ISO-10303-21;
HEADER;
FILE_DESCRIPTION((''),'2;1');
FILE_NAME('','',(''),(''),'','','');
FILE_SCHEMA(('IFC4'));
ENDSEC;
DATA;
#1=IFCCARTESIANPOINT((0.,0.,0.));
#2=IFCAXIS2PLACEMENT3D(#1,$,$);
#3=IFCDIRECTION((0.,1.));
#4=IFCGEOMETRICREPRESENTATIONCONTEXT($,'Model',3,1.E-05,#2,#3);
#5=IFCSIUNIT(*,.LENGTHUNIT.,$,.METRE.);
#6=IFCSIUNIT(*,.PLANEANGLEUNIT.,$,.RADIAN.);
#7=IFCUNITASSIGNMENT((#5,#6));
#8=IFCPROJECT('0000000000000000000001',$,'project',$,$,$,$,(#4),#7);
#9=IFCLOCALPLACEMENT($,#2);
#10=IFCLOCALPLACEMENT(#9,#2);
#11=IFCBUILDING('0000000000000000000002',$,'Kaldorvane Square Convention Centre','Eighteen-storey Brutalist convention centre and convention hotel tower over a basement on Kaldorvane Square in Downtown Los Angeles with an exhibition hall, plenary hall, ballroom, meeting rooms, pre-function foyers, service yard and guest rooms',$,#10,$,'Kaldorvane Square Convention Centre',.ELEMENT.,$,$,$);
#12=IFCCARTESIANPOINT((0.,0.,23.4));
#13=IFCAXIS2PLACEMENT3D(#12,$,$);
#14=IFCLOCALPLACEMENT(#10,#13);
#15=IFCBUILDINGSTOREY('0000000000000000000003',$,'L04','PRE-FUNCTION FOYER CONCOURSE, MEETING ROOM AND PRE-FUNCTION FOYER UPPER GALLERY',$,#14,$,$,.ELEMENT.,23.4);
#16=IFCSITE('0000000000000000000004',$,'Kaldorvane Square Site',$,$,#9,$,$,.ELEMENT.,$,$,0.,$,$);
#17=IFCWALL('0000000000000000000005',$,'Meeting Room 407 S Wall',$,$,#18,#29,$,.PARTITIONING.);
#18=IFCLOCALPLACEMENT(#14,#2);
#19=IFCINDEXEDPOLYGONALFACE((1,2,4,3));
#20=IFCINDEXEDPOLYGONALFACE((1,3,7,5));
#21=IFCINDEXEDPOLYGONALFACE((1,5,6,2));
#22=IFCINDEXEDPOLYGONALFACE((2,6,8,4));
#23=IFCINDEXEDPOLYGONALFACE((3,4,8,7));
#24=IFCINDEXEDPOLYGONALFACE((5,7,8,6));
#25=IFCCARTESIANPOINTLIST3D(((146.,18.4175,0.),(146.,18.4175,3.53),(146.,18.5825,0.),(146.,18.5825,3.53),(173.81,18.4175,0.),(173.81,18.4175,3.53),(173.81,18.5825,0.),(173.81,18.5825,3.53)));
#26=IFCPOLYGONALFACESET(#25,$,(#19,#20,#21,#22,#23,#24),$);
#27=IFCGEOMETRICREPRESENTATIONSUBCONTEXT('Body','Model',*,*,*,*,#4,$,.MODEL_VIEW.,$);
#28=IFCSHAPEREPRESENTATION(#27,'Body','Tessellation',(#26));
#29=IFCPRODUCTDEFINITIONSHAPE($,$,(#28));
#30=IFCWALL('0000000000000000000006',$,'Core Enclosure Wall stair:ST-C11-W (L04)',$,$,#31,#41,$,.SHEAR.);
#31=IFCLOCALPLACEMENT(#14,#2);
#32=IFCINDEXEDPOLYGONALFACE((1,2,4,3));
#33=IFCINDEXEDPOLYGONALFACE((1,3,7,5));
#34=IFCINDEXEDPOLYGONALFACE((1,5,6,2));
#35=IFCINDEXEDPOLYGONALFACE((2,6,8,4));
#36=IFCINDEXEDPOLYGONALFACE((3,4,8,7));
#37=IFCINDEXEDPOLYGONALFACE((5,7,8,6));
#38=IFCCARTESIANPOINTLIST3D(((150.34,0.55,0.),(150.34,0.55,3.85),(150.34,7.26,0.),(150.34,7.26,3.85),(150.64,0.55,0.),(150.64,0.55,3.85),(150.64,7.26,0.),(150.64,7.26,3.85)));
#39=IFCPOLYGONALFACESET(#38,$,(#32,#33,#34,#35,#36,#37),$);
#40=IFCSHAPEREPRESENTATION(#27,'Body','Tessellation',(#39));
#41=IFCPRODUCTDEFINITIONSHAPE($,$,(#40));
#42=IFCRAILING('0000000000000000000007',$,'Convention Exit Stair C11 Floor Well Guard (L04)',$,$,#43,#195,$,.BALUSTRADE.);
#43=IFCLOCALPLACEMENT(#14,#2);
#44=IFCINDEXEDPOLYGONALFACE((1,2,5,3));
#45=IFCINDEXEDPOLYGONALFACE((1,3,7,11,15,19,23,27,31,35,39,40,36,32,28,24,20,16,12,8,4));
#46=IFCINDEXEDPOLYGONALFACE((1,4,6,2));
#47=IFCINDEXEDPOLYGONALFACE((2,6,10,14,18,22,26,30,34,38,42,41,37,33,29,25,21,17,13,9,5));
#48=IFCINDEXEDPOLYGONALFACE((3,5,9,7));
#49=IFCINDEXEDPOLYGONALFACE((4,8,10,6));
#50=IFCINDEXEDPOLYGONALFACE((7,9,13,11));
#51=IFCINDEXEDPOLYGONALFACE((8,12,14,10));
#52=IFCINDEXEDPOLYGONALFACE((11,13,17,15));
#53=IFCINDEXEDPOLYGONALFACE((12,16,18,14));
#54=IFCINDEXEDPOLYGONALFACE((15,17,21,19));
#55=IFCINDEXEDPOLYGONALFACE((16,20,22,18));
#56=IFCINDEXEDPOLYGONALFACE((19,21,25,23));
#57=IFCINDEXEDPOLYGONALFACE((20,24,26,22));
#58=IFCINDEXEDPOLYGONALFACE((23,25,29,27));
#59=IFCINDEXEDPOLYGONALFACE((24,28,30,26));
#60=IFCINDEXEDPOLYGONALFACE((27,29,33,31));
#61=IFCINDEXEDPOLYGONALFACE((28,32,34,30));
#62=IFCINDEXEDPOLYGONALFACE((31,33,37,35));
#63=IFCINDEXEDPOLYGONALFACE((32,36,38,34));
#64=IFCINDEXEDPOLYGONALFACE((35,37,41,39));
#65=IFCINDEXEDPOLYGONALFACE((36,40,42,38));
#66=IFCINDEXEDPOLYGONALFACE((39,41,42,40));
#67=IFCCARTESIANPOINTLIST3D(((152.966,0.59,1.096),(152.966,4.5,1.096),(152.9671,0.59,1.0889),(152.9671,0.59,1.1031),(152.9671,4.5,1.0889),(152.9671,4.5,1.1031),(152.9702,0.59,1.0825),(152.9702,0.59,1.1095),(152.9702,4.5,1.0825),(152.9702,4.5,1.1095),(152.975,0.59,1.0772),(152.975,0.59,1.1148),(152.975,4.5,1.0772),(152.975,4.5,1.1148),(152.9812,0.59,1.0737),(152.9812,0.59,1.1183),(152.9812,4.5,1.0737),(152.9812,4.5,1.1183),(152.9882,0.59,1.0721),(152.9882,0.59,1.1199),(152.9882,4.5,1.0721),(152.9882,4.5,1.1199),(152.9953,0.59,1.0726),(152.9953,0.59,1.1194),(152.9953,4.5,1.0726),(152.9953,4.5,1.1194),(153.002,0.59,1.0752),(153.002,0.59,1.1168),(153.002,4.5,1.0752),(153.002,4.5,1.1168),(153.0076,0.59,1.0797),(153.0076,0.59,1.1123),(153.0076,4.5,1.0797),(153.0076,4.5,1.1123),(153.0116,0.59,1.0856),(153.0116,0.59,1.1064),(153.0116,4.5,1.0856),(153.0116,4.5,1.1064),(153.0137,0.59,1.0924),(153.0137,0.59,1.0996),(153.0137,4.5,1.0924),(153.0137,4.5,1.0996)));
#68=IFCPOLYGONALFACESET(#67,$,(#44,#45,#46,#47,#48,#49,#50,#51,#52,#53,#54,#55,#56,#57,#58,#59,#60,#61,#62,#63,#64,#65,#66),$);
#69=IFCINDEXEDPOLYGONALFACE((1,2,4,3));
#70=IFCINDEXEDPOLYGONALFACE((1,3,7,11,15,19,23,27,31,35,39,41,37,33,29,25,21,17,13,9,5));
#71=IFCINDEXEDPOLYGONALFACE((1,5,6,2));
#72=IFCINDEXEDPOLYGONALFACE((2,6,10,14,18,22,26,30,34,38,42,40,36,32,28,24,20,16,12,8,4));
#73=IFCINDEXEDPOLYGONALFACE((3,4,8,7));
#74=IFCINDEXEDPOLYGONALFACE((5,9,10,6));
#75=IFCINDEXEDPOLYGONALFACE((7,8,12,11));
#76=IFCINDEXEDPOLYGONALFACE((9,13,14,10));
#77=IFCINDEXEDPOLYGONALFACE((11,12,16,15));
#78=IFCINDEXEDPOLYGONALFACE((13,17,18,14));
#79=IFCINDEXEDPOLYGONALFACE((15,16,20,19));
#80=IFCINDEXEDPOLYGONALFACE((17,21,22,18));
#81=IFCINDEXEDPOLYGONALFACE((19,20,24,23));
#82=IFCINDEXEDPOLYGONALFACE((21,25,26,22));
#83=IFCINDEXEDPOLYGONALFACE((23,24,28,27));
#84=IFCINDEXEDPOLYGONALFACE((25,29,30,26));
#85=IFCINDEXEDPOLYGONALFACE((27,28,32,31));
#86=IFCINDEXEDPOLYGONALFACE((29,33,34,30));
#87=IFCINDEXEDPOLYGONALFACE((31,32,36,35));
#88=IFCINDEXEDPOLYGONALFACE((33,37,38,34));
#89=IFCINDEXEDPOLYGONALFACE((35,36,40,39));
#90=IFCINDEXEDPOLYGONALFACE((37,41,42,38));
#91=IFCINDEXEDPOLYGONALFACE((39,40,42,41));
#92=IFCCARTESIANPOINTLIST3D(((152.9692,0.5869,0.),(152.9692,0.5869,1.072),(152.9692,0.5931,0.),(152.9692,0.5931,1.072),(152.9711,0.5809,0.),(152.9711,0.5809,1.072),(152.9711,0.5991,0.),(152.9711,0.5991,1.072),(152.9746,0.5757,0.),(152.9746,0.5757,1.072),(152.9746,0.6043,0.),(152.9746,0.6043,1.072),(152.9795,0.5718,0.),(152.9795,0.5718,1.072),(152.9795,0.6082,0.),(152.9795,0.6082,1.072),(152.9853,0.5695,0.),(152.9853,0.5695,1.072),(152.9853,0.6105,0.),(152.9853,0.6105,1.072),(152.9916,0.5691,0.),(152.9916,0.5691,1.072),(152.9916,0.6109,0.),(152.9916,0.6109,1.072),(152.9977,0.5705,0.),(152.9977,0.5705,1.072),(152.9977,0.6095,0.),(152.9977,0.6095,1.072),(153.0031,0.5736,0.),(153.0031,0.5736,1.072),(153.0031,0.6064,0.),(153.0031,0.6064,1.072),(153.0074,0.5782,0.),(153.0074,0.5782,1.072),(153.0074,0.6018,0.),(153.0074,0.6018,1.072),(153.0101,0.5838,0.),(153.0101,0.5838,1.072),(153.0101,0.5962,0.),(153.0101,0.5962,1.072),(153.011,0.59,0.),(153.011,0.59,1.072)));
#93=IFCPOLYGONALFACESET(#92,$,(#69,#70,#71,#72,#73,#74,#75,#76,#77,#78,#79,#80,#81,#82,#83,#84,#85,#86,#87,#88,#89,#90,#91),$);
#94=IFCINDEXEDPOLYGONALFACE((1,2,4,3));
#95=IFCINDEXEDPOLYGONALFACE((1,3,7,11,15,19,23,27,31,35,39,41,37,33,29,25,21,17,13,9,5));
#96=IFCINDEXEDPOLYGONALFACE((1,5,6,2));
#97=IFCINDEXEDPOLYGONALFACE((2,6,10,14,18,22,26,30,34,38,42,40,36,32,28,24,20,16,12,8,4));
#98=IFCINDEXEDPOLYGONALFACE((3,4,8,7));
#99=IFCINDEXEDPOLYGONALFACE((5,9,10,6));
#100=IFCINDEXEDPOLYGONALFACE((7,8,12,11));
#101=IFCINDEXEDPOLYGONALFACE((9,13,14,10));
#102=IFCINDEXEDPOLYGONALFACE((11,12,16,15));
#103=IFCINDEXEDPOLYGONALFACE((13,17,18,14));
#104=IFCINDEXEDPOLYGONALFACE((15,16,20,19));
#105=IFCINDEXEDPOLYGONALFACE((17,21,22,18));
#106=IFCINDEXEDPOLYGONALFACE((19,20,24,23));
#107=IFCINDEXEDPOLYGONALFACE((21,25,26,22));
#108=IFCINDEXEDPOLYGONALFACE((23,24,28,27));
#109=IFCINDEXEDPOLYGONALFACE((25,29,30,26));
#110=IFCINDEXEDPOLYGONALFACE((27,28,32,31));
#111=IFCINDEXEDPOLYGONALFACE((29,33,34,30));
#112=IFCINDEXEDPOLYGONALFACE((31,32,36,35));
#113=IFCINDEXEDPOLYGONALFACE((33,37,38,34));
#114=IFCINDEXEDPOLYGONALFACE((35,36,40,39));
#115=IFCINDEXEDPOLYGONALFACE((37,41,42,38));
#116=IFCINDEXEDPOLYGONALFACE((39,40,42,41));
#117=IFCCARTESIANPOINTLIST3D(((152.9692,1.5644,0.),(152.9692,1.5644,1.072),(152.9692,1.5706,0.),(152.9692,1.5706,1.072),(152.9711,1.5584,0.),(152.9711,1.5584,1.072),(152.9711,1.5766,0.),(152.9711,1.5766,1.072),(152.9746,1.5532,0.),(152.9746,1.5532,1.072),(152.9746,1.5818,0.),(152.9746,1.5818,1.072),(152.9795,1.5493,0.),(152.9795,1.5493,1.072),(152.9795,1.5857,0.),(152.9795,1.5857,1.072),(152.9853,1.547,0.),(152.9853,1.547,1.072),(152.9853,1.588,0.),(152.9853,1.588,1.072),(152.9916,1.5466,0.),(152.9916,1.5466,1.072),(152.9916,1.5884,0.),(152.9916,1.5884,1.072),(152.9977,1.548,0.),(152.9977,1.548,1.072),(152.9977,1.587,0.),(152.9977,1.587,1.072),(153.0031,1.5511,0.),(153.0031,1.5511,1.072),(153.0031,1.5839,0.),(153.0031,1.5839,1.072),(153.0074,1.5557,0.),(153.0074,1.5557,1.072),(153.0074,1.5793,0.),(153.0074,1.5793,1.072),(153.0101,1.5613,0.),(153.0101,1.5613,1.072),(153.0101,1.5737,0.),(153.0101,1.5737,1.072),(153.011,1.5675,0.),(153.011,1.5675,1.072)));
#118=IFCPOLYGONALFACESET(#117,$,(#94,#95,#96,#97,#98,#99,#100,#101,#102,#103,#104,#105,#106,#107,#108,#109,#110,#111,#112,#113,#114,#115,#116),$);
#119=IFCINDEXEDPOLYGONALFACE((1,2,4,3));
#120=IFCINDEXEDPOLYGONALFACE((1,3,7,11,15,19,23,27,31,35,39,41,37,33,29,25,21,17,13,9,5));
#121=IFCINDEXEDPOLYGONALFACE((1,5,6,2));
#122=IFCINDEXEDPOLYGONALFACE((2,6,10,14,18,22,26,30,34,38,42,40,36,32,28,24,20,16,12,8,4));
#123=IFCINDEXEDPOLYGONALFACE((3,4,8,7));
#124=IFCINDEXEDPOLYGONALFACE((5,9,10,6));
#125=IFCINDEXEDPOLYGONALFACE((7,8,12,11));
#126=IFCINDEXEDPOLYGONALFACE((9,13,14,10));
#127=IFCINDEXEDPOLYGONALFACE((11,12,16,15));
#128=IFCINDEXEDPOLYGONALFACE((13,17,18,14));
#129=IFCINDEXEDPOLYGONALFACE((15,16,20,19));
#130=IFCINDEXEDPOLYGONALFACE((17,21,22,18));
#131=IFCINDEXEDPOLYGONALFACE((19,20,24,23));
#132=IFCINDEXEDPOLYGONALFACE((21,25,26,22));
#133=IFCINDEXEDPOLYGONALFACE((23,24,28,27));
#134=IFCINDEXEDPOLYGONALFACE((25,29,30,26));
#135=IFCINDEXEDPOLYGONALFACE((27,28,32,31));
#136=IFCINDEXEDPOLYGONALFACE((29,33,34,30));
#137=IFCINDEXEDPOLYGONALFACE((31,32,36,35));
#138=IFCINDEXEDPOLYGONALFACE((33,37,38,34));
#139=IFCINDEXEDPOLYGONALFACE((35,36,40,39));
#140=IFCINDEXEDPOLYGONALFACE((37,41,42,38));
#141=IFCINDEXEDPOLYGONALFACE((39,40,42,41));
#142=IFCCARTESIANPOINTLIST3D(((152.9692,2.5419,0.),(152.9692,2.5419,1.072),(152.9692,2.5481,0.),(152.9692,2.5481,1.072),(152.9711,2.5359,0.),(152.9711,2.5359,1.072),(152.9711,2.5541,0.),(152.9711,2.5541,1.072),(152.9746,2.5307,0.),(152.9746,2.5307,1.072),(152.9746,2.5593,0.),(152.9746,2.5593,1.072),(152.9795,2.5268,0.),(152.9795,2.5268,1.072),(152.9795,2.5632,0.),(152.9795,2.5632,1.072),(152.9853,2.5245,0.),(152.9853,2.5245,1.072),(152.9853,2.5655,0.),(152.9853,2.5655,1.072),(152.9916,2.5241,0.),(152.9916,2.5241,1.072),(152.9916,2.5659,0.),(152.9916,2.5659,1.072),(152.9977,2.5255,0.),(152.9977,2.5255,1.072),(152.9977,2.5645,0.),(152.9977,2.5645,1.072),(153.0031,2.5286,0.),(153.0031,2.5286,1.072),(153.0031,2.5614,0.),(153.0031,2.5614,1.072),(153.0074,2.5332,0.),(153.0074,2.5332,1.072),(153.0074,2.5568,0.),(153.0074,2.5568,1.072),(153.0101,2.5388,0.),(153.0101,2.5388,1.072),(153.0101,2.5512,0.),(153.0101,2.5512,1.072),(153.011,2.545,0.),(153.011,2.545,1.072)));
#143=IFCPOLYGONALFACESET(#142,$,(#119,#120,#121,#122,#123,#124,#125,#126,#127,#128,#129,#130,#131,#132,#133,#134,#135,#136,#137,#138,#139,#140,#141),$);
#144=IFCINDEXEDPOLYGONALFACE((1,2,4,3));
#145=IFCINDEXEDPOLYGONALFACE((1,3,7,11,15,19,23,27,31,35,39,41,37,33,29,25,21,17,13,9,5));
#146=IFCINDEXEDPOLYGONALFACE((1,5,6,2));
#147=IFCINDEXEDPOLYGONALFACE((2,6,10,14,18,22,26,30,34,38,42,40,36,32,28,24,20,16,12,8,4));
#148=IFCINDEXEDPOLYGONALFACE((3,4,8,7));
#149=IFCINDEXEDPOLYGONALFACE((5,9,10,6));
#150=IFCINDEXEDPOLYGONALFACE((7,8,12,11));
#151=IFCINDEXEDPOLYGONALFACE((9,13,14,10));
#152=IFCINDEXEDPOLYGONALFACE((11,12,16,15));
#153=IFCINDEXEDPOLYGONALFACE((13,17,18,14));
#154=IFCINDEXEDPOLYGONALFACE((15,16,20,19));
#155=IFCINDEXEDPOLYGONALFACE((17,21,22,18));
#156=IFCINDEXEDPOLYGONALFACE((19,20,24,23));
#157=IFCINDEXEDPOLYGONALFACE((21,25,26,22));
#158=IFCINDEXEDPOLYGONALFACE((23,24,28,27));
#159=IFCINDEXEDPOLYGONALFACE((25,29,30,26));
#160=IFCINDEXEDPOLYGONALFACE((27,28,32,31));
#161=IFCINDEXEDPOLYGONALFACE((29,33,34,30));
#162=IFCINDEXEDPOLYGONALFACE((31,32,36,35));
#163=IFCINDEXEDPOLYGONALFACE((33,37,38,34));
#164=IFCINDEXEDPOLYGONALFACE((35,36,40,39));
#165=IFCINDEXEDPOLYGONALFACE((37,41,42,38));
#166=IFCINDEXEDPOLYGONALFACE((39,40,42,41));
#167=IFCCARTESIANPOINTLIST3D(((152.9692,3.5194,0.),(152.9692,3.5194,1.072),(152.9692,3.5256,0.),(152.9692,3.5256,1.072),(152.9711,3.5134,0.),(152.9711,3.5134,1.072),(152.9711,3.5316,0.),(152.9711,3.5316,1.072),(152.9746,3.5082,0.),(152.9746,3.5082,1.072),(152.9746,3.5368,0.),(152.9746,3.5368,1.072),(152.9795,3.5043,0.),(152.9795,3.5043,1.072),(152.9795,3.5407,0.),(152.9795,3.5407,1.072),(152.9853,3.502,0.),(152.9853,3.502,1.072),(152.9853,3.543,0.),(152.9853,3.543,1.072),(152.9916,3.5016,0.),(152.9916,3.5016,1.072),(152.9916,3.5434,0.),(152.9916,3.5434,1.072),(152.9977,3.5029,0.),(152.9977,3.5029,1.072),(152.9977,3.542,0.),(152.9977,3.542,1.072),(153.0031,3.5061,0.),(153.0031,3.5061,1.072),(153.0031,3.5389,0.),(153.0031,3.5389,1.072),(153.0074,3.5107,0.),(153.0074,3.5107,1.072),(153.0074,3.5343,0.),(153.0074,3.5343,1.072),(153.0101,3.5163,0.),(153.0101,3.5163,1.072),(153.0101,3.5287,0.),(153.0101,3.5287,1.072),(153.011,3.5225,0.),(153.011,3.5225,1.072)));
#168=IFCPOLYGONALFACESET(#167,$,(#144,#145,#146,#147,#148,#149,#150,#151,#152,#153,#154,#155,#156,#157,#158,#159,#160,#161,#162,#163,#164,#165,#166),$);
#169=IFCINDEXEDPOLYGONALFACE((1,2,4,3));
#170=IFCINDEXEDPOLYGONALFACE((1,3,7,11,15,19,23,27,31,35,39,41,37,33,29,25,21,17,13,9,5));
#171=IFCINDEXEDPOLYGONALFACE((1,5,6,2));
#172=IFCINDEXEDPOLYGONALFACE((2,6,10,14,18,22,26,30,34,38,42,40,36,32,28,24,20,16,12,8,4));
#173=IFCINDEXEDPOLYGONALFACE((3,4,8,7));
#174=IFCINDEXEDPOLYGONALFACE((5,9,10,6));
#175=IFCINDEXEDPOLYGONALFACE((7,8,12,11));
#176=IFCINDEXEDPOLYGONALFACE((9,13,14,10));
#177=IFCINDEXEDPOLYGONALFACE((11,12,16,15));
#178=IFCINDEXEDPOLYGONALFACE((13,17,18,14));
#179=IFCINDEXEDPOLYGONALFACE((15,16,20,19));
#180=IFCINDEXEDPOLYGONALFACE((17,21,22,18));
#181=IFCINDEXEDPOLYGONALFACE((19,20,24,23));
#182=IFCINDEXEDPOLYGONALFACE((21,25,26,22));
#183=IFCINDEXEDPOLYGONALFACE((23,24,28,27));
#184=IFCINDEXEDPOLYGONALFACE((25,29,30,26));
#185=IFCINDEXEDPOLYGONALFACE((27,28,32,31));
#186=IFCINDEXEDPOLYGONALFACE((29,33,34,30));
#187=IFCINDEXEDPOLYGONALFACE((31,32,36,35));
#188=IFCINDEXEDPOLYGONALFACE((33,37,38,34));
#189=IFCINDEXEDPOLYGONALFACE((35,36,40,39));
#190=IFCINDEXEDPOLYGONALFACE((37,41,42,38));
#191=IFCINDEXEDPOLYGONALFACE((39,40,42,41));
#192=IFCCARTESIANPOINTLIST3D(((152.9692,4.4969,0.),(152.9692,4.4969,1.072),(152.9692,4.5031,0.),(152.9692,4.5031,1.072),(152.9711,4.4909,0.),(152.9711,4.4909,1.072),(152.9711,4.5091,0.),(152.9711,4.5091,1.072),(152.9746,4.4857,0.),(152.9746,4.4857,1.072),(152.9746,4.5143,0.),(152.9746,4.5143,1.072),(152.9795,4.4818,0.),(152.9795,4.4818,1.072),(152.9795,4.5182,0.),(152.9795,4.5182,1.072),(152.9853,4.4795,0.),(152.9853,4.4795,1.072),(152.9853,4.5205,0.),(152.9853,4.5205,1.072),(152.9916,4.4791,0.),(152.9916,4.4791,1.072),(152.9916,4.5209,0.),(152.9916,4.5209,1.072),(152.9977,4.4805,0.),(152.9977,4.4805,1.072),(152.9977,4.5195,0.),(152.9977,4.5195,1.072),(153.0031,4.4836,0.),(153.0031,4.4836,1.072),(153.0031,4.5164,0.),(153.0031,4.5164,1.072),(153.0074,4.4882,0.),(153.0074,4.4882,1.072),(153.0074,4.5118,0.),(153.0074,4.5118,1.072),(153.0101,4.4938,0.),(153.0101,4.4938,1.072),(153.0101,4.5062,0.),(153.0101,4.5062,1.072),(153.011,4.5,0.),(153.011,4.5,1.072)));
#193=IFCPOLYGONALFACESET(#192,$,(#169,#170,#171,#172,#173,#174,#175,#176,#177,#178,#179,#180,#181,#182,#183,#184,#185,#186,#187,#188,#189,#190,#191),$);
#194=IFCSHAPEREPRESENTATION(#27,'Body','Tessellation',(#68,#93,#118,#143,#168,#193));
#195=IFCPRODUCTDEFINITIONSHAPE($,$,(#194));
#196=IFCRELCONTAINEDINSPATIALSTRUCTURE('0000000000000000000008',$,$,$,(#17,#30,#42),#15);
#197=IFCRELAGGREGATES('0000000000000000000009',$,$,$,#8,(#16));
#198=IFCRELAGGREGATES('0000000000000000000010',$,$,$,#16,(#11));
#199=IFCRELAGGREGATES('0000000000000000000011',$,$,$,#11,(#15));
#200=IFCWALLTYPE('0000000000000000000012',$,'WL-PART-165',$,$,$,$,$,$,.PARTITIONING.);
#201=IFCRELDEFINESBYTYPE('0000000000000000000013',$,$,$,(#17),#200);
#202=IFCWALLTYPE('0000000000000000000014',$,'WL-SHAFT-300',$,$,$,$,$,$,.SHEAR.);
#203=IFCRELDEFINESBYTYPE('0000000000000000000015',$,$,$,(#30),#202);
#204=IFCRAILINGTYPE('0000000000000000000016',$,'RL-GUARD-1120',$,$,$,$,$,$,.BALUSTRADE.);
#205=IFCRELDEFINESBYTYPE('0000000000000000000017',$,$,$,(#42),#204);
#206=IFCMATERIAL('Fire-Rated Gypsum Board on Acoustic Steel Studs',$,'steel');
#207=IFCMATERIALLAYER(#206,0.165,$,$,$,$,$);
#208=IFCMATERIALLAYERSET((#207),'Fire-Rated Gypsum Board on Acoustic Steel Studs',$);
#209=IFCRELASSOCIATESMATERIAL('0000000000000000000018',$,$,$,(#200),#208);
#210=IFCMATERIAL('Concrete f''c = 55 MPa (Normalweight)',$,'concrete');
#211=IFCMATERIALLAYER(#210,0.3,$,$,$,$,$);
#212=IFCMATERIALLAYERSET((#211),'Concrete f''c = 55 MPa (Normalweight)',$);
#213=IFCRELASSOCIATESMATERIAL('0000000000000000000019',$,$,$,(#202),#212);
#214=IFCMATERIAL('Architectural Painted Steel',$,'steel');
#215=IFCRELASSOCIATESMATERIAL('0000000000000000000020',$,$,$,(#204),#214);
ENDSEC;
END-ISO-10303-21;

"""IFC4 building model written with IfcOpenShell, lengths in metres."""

from ifc_helpers import new_model, si_unit, direction, frame, frame_2d, origin, origin_2d, place, context, subcontext, project, spatial, rectangle, circle, extrude, material, layer, layer_set, type_object, element, save


model = new_model("IFC4")

# Units and contexts
model_context = context("Model", 3, precision=1e-05, world=origin(), true_north=direction((0.0, 1.0)))
body_context = subcontext(model_context, "Body", "Model", "MODEL_VIEW")
ifc_project = project(units=[si_unit("LENGTHUNIT", "METRE"), si_unit("PLANEANGLEUNIT", "RADIAN")], contexts=[model_context])

# Site, building, storey
site_placement = place(None, origin())
site = spatial("IfcSite", under=ifc_project, at=site_placement, Name="Kaldorvane Square Site", CompositionType="ELEMENT", RefElevation=0.0)
building_placement = place(site_placement, origin())
building = spatial("IfcBuilding", under=site, at=building_placement, Name="Kaldorvane Square Convention Centre", Description="Eighteen-storey Brutalist convention centre and convention hotel tower over a basement on Kaldorvane Square in Downtown Los Angeles with an exhibition hall, plenary hall, ballroom, meeting rooms, pre-function foyers, service yard and guest rooms", LongName="Kaldorvane Square Convention Centre", CompositionType="ELEMENT")
storey_placement = place(building_placement, frame((0.0, 0.0, 23.4)))
storey = spatial("IfcBuildingStorey", under=building, at=storey_placement, Name="L04", Description="PRE-FUNCTION FOYER CONCOURSE, MEETING ROOM AND PRE-FUNCTION FOYER UPPER GALLERY", CompositionType="ELEMENT", Elevation=23.4)

# Walls
ifc_material_1 = material(Name="Fire-Rated Gypsum Board on Acoustic Steel Studs", Category="steel")
ifc_layer_1 = layer(ifc_material_1, 0.165)
ifc_layer_set_1 = layer_set([ifc_layer_1], Name="Fire-Rated Gypsum Board on Acoustic Steel Studs")
wall_type_1 = type_object("IfcWallType", Name="WL-PART-165", PredefinedType="PARTITIONING", material=ifc_layer_set_1)
wall_1_placement = place(storey_placement, frame((146.0, 18.5, 0.0), z_axis=(0.0, 0.0, 1.0), x_axis=(1.0, 0.0, 0.0)))
element("IfcWall", 1, at=wall_1_placement, inside=storey, type_object=wall_type_1, Name="Meeting Room 407 S Wall", PredefinedType="PARTITIONING", context=body_context, shape_type="SweptSolid", body=[
    extrude(rectangle(XDim=27.81, YDim=0.165, at=frame_2d((13.905, 0.0))), origin(), (0.0, 0.0, 1.0), 3.53),
])
ifc_material_2 = material(Name="Concrete f'c = 55 MPa (Normalweight)", Category="concrete")
ifc_layer_2 = layer(ifc_material_2, 0.3)
ifc_layer_set_2 = layer_set([ifc_layer_2], Name="Concrete f'c = 55 MPa (Normalweight)")
wall_type_2 = type_object("IfcWallType", Name="WL-SHAFT-300", PredefinedType="SHEAR", material=ifc_layer_set_2)
wall_2_placement = place(storey_placement, frame((150.49, 7.26, 0.0), z_axis=(0.0, 0.0, 1.0), x_axis=(0.0, -1.0, 0.0)))
element("IfcWall", 2, at=wall_2_placement, inside=storey, type_object=wall_type_2, Name="Core Enclosure Wall stair:ST-C11-W (L04)", PredefinedType="SHEAR", context=body_context, shape_type="SweptSolid", body=[
    extrude(rectangle(XDim=6.71, YDim=0.3, at=frame_2d((3.355, 0.0))), origin(), (0.0, 0.0, 1.0), 3.85),
])

# Railing
ifc_material_3 = material(Name="Architectural Painted Steel", Category="steel")
railing_type = type_object("IfcRailingType", Name="RL-GUARD-1120", PredefinedType="BALUSTRADE", material=ifc_material_3)
railing_placement = place(storey_placement, frame((152.99, 0.59, 0.0)))
element("IfcRailing", 3, at=railing_placement, inside=storey, type_object=railing_type, Name="Convention Exit Stair C11 Floor Well Guard (L04)", PredefinedType="BALUSTRADE", context=body_context, shape_type="SweptSolid", body=[
    extrude(circle(Radius=0.024, at=origin_2d()), frame((0.0, 0.0, 1.096), z_axis=(0.0, 1.0, 0.0), x_axis=(-1.0, 0.0, 0.0)), (0.0, 0.0, 1.0), 3.91),
    extrude(circle(Radius=0.021, at=origin_2d()), origin(), (0.0, 0.0, 1.0), 1.072),
    extrude(circle(Radius=0.021, at=origin_2d()), frame((0.0, 0.9775, 0.0)), (0.0, 0.0, 1.0), 1.072),
    extrude(circle(Radius=0.021, at=origin_2d()), frame((0.0, 1.955, 0.0)), (0.0, 0.0, 1.0), 1.072),
    extrude(circle(Radius=0.021, at=origin_2d()), frame((0.0, 2.9325, 0.0)), (0.0, 0.0, 1.0), 1.072),
    extrude(circle(Radius=0.021, at=origin_2d()), frame((0.0, 3.91, 0.0)), (0.0, 0.0, 1.0), 1.072),
])

save(model, "model.ifc")
